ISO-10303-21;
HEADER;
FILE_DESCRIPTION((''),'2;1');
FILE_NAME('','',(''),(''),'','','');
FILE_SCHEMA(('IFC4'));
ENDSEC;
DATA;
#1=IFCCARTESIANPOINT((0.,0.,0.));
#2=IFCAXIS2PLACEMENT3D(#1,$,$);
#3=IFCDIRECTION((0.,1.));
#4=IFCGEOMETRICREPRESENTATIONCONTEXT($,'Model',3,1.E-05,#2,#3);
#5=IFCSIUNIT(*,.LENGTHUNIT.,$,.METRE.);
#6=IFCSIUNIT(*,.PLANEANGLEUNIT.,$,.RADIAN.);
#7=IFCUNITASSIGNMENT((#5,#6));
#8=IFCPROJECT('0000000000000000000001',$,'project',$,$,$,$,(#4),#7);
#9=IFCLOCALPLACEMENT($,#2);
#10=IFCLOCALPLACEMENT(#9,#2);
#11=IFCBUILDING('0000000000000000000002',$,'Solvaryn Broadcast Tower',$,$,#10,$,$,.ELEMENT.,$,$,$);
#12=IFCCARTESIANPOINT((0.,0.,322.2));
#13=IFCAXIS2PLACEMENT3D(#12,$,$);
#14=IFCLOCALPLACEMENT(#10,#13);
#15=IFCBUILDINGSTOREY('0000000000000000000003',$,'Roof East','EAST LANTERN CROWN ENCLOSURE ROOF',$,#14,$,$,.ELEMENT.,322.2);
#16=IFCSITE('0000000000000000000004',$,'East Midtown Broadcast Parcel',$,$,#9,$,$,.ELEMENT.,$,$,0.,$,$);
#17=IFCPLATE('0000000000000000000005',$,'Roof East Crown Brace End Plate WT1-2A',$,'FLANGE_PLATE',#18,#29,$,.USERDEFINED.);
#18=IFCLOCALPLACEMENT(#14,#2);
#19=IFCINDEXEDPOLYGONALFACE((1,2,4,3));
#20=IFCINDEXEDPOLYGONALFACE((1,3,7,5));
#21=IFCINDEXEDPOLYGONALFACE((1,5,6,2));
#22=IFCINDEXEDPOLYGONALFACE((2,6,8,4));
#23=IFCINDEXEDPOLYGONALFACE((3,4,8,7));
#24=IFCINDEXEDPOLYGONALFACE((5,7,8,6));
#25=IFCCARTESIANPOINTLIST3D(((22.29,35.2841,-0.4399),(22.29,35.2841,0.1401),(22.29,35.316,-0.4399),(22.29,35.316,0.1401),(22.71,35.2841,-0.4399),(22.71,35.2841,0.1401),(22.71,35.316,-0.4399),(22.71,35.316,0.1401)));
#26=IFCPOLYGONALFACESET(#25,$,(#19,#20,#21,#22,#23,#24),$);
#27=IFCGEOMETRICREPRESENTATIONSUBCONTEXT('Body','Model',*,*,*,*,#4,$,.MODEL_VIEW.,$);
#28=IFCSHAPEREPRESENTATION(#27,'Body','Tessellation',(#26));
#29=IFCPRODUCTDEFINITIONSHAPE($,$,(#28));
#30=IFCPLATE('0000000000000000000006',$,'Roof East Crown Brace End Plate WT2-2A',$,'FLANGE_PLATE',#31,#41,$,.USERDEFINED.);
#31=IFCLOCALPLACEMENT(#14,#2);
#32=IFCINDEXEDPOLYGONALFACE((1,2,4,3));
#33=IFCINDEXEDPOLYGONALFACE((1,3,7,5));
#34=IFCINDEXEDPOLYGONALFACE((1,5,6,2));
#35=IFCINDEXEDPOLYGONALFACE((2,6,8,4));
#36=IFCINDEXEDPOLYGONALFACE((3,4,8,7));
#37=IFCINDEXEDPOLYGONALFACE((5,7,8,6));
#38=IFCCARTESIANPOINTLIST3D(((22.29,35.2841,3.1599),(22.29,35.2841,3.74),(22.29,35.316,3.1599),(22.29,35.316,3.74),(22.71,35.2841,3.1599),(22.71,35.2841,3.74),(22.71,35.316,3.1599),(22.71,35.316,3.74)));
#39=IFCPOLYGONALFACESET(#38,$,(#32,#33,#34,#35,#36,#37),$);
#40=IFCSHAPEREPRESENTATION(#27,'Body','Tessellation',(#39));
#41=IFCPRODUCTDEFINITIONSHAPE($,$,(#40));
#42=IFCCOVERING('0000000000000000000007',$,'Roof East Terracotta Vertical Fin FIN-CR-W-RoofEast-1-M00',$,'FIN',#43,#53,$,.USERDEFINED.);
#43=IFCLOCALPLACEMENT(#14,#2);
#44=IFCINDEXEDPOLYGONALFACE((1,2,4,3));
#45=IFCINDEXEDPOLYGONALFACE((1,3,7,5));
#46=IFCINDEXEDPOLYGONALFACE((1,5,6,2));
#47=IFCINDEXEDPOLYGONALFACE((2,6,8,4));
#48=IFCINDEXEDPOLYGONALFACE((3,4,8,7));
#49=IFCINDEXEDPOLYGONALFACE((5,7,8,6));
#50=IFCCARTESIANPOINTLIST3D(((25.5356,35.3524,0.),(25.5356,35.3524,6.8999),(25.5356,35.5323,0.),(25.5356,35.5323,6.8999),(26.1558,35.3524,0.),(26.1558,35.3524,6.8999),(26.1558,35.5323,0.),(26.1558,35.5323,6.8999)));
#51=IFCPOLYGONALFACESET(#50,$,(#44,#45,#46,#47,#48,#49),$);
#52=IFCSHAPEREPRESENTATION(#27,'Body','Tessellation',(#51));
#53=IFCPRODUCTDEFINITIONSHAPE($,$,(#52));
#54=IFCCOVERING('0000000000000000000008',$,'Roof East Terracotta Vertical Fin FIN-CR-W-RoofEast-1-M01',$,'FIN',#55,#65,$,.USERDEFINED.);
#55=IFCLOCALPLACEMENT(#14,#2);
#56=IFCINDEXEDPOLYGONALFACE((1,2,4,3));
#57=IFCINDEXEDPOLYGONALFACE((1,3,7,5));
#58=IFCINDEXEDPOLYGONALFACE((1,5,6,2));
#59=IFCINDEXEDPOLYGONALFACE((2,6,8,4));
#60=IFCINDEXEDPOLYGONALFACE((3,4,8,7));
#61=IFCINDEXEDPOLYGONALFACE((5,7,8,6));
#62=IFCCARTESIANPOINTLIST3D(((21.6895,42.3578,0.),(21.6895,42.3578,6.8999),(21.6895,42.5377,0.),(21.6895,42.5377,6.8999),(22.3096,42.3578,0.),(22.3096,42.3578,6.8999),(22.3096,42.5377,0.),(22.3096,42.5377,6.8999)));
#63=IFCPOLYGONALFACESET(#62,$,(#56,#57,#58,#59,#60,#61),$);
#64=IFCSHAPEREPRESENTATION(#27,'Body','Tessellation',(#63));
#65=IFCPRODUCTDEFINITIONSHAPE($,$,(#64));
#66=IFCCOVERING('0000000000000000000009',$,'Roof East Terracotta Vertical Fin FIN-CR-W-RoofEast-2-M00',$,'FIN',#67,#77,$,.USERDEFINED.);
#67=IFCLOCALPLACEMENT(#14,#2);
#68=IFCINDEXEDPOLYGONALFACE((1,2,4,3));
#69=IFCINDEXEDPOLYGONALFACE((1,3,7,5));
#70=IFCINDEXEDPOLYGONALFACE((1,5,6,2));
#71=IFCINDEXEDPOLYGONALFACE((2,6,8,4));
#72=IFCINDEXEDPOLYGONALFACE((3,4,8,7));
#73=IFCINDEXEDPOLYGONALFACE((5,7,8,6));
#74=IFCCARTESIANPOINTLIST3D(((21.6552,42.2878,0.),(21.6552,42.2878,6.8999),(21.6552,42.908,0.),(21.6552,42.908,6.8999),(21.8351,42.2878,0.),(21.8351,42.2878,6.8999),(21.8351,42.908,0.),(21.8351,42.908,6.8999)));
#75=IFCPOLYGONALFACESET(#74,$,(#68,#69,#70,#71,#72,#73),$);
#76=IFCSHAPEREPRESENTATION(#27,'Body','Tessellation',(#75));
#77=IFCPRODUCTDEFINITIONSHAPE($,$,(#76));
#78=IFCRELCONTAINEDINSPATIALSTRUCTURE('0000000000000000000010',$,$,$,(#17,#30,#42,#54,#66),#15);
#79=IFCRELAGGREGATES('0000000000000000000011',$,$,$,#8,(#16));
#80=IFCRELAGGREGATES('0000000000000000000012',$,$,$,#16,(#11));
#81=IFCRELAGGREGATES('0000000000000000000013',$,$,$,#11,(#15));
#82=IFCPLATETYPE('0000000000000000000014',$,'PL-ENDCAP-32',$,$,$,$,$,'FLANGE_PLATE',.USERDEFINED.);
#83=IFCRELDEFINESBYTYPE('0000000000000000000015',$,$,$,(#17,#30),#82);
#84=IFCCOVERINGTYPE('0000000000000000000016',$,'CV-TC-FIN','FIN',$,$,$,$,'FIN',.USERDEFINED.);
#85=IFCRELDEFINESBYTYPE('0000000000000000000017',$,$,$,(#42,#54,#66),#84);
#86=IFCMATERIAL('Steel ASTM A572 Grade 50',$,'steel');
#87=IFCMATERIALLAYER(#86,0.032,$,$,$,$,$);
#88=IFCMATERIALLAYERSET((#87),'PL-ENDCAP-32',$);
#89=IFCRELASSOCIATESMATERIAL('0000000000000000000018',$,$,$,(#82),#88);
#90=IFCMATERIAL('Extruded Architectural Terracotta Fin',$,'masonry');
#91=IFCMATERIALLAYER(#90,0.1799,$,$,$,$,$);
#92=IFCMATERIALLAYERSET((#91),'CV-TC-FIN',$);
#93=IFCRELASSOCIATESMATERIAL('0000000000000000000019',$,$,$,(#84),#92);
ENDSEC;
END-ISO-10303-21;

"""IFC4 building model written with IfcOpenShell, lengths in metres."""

from ifc_helpers import new_model, si_unit, direction, frame, origin, origin_2d, place, context, subcontext, project, spatial, rectangle, extrude, material, layer, layer_set, type_object, element, save


model = new_model("IFC4")

# Units and contexts
model_context = context("Model", 3, precision=1e-05, world=origin(), true_north=direction((0.0, 1.0)))
body_context = subcontext(model_context, "Body", "Model", "MODEL_VIEW")
ifc_project = project(units=[si_unit("LENGTHUNIT", "METRE"), si_unit("PLANEANGLEUNIT", "RADIAN")], contexts=[model_context])

# Site, building, storey
site_placement = place(None, origin())
site = spatial("IfcSite", under=ifc_project, at=site_placement, Name="East Midtown Broadcast Parcel", CompositionType="ELEMENT", RefElevation=0.0)
building_placement = place(site_placement, origin())
building = spatial("IfcBuilding", under=site, at=building_placement, Name="Solvaryn Broadcast Tower", CompositionType="ELEMENT")
storey_placement = place(building_placement, frame((0.0, 0.0, 322.2)))
storey = spatial("IfcBuildingStorey", under=building, at=storey_placement, Name="Roof East", Description="EAST LANTERN CROWN ENCLOSURE ROOF", CompositionType="ELEMENT", Elevation=322.2)

# Plates
ifc_material_1 = material(Name="Steel ASTM A572 Grade 50", Category="steel")
ifc_layer_1 = layer(ifc_material_1, 0.032)
ifc_layer_set_1 = layer_set([ifc_layer_1], Name="PL-ENDCAP-32")
plate_type_1 = type_object("IfcPlateType", Name="PL-ENDCAP-32", ElementType="FLANGE_PLATE", PredefinedType="USERDEFINED", material=ifc_layer_set_1)
for number, where, z_axis, x_axis, name in (
    (1, (22.5, 35.3, -0.4399), (0.0, 0.0, 1.0), (1.0, 0.0, 0.0), "Roof East Crown Brace End Plate WT1-2A"),
    (2, (22.5, 35.3, 3.1599), (0.0, 0.0, 1.0), (1.0, 0.0, 0.0), "Roof East Crown Brace End Plate WT2-2A"),
):
    element("IfcPlate", number, at=place(storey_placement, frame(where, z_axis=z_axis, x_axis=x_axis)), inside=storey, type_object=plate_type_1, Name=name, ObjectType="FLANGE_PLATE", PredefinedType="USERDEFINED", context=body_context, shape_type="SweptSolid", body=[
        extrude(rectangle(XDim=0.4199, YDim=0.032, at=origin_2d()), origin(), (0.0, 0.0, 1.0), 0.5801),
    ])

# Coverings
ifc_material_2 = material(Name="Extruded Architectural Terracotta Fin", Category="masonry")
ifc_layer_2 = layer(ifc_material_2, 0.1799)
ifc_layer_set_2 = layer_set([ifc_layer_2], Name="CV-TC-FIN")
covering_type = type_object("IfcCoveringType", Name="CV-TC-FIN", Description="FIN", ElementType="FIN", PredefinedType="USERDEFINED", material=ifc_layer_set_2)
for number, where, z_axis, x_axis, name in (
    (3, (25.8457, 35.4424, 0.0), (0.0, 0.0, 1.0), (1.0, 0.0, 0.0), "Roof East Terracotta Vertical Fin FIN-CR-W-RoofEast-1-M00"),
    (4, (21.9995, 42.4478, 0.0), (0.0, 0.0, 1.0), (1.0, 0.0, 0.0), "Roof East Terracotta Vertical Fin FIN-CR-W-RoofEast-1-M01"),
):
    element("IfcCovering", number, at=place(storey_placement, frame(where, z_axis=z_axis, x_axis=x_axis)), inside=storey, type_object=covering_type, Name=name, ObjectType="FIN", PredefinedType="USERDEFINED", context=body_context, shape_type="SweptSolid", body=[
        extrude(rectangle(XDim=0.6201, YDim=0.1799, at=origin_2d()), origin(), (0.0, 0.0, 1.0), 6.8999),
    ])
covering_placement = place(storey_placement, frame((21.7451, 42.5979, 0.0), z_axis=(0.0, 0.0, 1.0), x_axis=(1.0, 0.0, 0.0)))
element("IfcCovering", 5, at=covering_placement, inside=storey, type_object=covering_type, Name="Roof East Terracotta Vertical Fin FIN-CR-W-RoofEast-2-M00", ObjectType="FIN", PredefinedType="USERDEFINED", context=body_context, shape_type="SweptSolid", body=[
    extrude(rectangle(XDim=0.1799, YDim=0.6201, at=origin_2d()), origin(), (0.0, 0.0, 1.0), 6.8999),
])

save(model, "model.ifc")
